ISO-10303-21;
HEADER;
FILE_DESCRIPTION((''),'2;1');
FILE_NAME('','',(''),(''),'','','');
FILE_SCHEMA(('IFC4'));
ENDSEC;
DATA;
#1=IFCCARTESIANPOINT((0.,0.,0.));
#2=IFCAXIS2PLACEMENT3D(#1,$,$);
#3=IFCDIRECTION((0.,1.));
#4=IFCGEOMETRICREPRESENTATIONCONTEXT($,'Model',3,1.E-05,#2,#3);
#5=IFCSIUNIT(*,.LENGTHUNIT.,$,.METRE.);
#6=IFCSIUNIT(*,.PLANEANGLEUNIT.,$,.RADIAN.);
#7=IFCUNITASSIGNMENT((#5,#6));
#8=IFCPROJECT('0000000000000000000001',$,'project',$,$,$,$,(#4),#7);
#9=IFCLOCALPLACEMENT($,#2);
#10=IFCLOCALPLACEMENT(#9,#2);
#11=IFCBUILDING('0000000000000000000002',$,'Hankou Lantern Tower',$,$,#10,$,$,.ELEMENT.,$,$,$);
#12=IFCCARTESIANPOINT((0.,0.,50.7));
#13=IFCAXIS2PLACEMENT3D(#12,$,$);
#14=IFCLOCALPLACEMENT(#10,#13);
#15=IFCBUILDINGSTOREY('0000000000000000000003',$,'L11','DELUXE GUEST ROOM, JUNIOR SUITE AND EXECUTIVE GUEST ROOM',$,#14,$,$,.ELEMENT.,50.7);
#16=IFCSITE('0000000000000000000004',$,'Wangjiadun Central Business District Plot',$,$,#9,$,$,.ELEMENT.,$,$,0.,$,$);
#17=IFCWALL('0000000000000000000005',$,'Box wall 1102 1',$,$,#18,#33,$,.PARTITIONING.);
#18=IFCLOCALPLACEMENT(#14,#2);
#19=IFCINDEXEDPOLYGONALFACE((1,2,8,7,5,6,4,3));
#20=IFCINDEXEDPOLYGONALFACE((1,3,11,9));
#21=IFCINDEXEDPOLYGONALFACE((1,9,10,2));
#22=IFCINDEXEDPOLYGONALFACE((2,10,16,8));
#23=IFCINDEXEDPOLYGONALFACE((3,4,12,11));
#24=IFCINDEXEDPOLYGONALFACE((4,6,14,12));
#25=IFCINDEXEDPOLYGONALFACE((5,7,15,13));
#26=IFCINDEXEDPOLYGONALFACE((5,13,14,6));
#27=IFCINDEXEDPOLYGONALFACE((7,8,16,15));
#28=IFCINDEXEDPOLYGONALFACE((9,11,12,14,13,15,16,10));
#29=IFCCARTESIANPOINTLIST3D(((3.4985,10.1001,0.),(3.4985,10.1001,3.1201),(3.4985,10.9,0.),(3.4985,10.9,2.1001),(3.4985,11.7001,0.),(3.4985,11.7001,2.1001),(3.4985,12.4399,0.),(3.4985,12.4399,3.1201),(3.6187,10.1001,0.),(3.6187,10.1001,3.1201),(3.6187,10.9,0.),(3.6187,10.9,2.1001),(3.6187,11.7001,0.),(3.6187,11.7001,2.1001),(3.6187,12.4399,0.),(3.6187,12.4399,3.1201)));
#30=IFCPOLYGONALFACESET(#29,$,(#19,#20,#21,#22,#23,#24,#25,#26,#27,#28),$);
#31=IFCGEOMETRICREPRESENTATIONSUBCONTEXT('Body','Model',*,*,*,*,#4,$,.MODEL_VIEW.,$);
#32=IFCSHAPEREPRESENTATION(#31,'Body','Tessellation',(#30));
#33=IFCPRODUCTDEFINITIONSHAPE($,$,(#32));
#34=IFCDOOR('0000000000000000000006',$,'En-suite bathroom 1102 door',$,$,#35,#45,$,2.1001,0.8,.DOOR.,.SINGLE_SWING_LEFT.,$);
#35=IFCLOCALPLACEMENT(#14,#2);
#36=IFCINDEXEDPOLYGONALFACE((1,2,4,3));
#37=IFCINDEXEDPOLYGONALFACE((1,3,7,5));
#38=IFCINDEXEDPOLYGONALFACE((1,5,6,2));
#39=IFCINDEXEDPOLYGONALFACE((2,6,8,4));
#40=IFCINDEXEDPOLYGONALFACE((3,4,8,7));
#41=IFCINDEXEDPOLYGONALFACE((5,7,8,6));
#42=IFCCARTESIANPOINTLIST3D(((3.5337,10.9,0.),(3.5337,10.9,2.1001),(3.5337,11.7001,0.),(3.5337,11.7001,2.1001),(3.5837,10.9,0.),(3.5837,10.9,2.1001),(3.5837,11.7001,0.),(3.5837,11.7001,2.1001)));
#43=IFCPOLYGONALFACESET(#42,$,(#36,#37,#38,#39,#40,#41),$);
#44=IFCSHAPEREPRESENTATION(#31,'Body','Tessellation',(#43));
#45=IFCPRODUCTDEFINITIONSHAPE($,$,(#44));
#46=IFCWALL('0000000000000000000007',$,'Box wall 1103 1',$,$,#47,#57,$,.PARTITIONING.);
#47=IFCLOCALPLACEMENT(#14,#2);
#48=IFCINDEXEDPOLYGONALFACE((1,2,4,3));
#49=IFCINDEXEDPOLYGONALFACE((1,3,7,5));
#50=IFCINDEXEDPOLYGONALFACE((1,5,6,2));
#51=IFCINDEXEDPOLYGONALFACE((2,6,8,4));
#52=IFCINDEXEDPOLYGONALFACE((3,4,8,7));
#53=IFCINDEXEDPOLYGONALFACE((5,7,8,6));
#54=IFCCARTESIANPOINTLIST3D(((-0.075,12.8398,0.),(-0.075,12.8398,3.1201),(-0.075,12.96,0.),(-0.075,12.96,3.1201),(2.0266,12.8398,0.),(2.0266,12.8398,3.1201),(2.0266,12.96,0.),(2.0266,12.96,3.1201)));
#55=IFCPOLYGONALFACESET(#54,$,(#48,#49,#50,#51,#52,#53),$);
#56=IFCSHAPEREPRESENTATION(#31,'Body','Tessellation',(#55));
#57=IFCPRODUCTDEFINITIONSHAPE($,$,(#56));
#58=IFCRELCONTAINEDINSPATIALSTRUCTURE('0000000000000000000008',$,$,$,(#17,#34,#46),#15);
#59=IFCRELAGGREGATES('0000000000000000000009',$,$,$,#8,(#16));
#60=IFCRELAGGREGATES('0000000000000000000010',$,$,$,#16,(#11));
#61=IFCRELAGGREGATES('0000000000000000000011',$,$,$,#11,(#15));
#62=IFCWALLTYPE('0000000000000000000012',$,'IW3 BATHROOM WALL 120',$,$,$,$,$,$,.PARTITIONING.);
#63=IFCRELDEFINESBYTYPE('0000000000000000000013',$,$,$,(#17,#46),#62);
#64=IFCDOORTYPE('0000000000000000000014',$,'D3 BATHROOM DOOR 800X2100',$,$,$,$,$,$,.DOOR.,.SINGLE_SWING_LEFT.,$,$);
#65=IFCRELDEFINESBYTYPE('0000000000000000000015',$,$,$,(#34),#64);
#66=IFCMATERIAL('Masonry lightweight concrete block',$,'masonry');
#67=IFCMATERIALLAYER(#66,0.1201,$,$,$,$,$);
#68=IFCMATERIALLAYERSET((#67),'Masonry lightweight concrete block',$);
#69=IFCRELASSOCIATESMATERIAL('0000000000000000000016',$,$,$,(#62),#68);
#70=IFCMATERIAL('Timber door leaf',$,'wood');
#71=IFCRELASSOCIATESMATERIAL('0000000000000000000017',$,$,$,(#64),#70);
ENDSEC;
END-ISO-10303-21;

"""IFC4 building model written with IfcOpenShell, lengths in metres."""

from ifc_helpers import new_model, si_unit, direction, frame, frame_2d, origin, place, context, subcontext, project, spatial, rectangle, extrude, material, layer, layer_set, type_object, element, fill, save


model = new_model("IFC4")

# Units and contexts
model_context = context("Model", 3, precision=1e-05, world=origin(), true_north=direction((0.0, 1.0)))
body_context = subcontext(model_context, "Body", "Model", "MODEL_VIEW")
ifc_project = project(units=[si_unit("LENGTHUNIT", "METRE"), si_unit("PLANEANGLEUNIT", "RADIAN")], contexts=[model_context])

# Site, building, storey
site_placement = place(None, origin())
site = spatial("IfcSite", under=ifc_project, at=site_placement, Name="Wangjiadun Central Business District Plot", CompositionType="ELEMENT", RefElevation=0.0)
building_placement = place(site_placement, origin())
building = spatial("IfcBuilding", under=site, at=building_placement, Name="Hankou Lantern Tower", CompositionType="ELEMENT")
storey_placement = place(building_placement, frame((0.0, 0.0, 50.7)))
storey = spatial("IfcBuildingStorey", under=building, at=storey_placement, Name="L11", Description="DELUXE GUEST ROOM, JUNIOR SUITE AND EXECUTIVE GUEST ROOM", CompositionType="ELEMENT", Elevation=50.7)

# Shared definitions
ifc_material_1 = material(Name="Masonry lightweight concrete block", Category="masonry")
ifc_layer_1 = layer(ifc_material_1, 0.1201)
ifc_layer_set_1 = layer_set([ifc_layer_1], Name="Masonry lightweight concrete block")
wall_type_1 = type_object("IfcWallType", Name="IW3 BATHROOM WALL 120", PredefinedType="PARTITIONING", material=ifc_layer_set_1)
ifc_material_2 = material(Name="Timber door leaf", Category="wood")
door_type_1 = type_object("IfcDoorType", Name="D3 BATHROOM DOOR 800X2100", OperationType="SINGLE_SWING_LEFT", PredefinedType="DOOR", material=ifc_material_2)

# Wall, opening, door
wall_1_placement = place(storey_placement, frame((3.5586, 10.1001, 0.0), z_axis=(0.0, 0.0, 1.0), x_axis=(0.0, 1.0, 0.0)))
wall_1 = element("IfcWall", 1, at=wall_1_placement, inside=storey, type_object=wall_type_1, Name="Box wall 1102 1", PredefinedType="PARTITIONING", context=body_context, shape_type="SweptSolid", body=[
    extrude(rectangle(XDim=2.3398, YDim=0.1201, at=frame_2d((1.1699, 0.0))), origin(), (0.0, 0.0, 1.0), 3.1201),
])
opening_1_placement = place(wall_1_placement, frame((0.8, 0.0, 0.0)))
opening_1 = element("IfcOpeningElement", 2, at=opening_1_placement, cuts=wall_1, PredefinedType="OPENING", context=body_context, shape_type="SweptSolid", body=[
    extrude(rectangle(XDim=0.8, YDim=2.1001, at=frame_2d((0.3999, 1.05))), frame((0.0, 0.0701, 0.0), z_axis=(0.0, -1.0, 0.0), x_axis=(1.0, 0.0, 0.0)), (0.0, 0.0, 1.0), 0.1401),
])
door_1_placement = place(opening_1_placement, origin())
door_1 = element("IfcDoor", 3, at=door_1_placement, inside=storey, type_object=door_type_1, Name="En-suite bathroom 1102 door", OperationType="SINGLE_SWING_LEFT", OverallHeight=2.1001, OverallWidth=0.8, PredefinedType="DOOR", context=body_context, shape_type="SweptSolid", body=[
    extrude(rectangle(XDim=0.8, YDim=2.1001, at=frame_2d((0.3999, 1.05))), frame((0.0, 0.0249, 0.0), z_axis=(0.0, -1.0, 0.0), x_axis=(1.0, 0.0, 0.0)), (0.0, 0.0, 1.0), 0.05),
])
fill(opening_1, door_1)

# Wall
wall_2_placement = place(storey_placement, frame((2.0266, 12.8999, 0.0), z_axis=(0.0, 0.0, 1.0), x_axis=(-1.0, 0.0, 0.0)))
element("IfcWall", 4, at=wall_2_placement, inside=storey, type_object=wall_type_1, Name="Box wall 1103 1", PredefinedType="PARTITIONING", context=body_context, shape_type="SweptSolid", body=[
    extrude(rectangle(XDim=2.1016, YDim=0.1201, at=frame_2d((1.0508, 0.0))), origin(), (0.0, 0.0, 1.0), 3.1201),
])

save(model, "model.ifc")
